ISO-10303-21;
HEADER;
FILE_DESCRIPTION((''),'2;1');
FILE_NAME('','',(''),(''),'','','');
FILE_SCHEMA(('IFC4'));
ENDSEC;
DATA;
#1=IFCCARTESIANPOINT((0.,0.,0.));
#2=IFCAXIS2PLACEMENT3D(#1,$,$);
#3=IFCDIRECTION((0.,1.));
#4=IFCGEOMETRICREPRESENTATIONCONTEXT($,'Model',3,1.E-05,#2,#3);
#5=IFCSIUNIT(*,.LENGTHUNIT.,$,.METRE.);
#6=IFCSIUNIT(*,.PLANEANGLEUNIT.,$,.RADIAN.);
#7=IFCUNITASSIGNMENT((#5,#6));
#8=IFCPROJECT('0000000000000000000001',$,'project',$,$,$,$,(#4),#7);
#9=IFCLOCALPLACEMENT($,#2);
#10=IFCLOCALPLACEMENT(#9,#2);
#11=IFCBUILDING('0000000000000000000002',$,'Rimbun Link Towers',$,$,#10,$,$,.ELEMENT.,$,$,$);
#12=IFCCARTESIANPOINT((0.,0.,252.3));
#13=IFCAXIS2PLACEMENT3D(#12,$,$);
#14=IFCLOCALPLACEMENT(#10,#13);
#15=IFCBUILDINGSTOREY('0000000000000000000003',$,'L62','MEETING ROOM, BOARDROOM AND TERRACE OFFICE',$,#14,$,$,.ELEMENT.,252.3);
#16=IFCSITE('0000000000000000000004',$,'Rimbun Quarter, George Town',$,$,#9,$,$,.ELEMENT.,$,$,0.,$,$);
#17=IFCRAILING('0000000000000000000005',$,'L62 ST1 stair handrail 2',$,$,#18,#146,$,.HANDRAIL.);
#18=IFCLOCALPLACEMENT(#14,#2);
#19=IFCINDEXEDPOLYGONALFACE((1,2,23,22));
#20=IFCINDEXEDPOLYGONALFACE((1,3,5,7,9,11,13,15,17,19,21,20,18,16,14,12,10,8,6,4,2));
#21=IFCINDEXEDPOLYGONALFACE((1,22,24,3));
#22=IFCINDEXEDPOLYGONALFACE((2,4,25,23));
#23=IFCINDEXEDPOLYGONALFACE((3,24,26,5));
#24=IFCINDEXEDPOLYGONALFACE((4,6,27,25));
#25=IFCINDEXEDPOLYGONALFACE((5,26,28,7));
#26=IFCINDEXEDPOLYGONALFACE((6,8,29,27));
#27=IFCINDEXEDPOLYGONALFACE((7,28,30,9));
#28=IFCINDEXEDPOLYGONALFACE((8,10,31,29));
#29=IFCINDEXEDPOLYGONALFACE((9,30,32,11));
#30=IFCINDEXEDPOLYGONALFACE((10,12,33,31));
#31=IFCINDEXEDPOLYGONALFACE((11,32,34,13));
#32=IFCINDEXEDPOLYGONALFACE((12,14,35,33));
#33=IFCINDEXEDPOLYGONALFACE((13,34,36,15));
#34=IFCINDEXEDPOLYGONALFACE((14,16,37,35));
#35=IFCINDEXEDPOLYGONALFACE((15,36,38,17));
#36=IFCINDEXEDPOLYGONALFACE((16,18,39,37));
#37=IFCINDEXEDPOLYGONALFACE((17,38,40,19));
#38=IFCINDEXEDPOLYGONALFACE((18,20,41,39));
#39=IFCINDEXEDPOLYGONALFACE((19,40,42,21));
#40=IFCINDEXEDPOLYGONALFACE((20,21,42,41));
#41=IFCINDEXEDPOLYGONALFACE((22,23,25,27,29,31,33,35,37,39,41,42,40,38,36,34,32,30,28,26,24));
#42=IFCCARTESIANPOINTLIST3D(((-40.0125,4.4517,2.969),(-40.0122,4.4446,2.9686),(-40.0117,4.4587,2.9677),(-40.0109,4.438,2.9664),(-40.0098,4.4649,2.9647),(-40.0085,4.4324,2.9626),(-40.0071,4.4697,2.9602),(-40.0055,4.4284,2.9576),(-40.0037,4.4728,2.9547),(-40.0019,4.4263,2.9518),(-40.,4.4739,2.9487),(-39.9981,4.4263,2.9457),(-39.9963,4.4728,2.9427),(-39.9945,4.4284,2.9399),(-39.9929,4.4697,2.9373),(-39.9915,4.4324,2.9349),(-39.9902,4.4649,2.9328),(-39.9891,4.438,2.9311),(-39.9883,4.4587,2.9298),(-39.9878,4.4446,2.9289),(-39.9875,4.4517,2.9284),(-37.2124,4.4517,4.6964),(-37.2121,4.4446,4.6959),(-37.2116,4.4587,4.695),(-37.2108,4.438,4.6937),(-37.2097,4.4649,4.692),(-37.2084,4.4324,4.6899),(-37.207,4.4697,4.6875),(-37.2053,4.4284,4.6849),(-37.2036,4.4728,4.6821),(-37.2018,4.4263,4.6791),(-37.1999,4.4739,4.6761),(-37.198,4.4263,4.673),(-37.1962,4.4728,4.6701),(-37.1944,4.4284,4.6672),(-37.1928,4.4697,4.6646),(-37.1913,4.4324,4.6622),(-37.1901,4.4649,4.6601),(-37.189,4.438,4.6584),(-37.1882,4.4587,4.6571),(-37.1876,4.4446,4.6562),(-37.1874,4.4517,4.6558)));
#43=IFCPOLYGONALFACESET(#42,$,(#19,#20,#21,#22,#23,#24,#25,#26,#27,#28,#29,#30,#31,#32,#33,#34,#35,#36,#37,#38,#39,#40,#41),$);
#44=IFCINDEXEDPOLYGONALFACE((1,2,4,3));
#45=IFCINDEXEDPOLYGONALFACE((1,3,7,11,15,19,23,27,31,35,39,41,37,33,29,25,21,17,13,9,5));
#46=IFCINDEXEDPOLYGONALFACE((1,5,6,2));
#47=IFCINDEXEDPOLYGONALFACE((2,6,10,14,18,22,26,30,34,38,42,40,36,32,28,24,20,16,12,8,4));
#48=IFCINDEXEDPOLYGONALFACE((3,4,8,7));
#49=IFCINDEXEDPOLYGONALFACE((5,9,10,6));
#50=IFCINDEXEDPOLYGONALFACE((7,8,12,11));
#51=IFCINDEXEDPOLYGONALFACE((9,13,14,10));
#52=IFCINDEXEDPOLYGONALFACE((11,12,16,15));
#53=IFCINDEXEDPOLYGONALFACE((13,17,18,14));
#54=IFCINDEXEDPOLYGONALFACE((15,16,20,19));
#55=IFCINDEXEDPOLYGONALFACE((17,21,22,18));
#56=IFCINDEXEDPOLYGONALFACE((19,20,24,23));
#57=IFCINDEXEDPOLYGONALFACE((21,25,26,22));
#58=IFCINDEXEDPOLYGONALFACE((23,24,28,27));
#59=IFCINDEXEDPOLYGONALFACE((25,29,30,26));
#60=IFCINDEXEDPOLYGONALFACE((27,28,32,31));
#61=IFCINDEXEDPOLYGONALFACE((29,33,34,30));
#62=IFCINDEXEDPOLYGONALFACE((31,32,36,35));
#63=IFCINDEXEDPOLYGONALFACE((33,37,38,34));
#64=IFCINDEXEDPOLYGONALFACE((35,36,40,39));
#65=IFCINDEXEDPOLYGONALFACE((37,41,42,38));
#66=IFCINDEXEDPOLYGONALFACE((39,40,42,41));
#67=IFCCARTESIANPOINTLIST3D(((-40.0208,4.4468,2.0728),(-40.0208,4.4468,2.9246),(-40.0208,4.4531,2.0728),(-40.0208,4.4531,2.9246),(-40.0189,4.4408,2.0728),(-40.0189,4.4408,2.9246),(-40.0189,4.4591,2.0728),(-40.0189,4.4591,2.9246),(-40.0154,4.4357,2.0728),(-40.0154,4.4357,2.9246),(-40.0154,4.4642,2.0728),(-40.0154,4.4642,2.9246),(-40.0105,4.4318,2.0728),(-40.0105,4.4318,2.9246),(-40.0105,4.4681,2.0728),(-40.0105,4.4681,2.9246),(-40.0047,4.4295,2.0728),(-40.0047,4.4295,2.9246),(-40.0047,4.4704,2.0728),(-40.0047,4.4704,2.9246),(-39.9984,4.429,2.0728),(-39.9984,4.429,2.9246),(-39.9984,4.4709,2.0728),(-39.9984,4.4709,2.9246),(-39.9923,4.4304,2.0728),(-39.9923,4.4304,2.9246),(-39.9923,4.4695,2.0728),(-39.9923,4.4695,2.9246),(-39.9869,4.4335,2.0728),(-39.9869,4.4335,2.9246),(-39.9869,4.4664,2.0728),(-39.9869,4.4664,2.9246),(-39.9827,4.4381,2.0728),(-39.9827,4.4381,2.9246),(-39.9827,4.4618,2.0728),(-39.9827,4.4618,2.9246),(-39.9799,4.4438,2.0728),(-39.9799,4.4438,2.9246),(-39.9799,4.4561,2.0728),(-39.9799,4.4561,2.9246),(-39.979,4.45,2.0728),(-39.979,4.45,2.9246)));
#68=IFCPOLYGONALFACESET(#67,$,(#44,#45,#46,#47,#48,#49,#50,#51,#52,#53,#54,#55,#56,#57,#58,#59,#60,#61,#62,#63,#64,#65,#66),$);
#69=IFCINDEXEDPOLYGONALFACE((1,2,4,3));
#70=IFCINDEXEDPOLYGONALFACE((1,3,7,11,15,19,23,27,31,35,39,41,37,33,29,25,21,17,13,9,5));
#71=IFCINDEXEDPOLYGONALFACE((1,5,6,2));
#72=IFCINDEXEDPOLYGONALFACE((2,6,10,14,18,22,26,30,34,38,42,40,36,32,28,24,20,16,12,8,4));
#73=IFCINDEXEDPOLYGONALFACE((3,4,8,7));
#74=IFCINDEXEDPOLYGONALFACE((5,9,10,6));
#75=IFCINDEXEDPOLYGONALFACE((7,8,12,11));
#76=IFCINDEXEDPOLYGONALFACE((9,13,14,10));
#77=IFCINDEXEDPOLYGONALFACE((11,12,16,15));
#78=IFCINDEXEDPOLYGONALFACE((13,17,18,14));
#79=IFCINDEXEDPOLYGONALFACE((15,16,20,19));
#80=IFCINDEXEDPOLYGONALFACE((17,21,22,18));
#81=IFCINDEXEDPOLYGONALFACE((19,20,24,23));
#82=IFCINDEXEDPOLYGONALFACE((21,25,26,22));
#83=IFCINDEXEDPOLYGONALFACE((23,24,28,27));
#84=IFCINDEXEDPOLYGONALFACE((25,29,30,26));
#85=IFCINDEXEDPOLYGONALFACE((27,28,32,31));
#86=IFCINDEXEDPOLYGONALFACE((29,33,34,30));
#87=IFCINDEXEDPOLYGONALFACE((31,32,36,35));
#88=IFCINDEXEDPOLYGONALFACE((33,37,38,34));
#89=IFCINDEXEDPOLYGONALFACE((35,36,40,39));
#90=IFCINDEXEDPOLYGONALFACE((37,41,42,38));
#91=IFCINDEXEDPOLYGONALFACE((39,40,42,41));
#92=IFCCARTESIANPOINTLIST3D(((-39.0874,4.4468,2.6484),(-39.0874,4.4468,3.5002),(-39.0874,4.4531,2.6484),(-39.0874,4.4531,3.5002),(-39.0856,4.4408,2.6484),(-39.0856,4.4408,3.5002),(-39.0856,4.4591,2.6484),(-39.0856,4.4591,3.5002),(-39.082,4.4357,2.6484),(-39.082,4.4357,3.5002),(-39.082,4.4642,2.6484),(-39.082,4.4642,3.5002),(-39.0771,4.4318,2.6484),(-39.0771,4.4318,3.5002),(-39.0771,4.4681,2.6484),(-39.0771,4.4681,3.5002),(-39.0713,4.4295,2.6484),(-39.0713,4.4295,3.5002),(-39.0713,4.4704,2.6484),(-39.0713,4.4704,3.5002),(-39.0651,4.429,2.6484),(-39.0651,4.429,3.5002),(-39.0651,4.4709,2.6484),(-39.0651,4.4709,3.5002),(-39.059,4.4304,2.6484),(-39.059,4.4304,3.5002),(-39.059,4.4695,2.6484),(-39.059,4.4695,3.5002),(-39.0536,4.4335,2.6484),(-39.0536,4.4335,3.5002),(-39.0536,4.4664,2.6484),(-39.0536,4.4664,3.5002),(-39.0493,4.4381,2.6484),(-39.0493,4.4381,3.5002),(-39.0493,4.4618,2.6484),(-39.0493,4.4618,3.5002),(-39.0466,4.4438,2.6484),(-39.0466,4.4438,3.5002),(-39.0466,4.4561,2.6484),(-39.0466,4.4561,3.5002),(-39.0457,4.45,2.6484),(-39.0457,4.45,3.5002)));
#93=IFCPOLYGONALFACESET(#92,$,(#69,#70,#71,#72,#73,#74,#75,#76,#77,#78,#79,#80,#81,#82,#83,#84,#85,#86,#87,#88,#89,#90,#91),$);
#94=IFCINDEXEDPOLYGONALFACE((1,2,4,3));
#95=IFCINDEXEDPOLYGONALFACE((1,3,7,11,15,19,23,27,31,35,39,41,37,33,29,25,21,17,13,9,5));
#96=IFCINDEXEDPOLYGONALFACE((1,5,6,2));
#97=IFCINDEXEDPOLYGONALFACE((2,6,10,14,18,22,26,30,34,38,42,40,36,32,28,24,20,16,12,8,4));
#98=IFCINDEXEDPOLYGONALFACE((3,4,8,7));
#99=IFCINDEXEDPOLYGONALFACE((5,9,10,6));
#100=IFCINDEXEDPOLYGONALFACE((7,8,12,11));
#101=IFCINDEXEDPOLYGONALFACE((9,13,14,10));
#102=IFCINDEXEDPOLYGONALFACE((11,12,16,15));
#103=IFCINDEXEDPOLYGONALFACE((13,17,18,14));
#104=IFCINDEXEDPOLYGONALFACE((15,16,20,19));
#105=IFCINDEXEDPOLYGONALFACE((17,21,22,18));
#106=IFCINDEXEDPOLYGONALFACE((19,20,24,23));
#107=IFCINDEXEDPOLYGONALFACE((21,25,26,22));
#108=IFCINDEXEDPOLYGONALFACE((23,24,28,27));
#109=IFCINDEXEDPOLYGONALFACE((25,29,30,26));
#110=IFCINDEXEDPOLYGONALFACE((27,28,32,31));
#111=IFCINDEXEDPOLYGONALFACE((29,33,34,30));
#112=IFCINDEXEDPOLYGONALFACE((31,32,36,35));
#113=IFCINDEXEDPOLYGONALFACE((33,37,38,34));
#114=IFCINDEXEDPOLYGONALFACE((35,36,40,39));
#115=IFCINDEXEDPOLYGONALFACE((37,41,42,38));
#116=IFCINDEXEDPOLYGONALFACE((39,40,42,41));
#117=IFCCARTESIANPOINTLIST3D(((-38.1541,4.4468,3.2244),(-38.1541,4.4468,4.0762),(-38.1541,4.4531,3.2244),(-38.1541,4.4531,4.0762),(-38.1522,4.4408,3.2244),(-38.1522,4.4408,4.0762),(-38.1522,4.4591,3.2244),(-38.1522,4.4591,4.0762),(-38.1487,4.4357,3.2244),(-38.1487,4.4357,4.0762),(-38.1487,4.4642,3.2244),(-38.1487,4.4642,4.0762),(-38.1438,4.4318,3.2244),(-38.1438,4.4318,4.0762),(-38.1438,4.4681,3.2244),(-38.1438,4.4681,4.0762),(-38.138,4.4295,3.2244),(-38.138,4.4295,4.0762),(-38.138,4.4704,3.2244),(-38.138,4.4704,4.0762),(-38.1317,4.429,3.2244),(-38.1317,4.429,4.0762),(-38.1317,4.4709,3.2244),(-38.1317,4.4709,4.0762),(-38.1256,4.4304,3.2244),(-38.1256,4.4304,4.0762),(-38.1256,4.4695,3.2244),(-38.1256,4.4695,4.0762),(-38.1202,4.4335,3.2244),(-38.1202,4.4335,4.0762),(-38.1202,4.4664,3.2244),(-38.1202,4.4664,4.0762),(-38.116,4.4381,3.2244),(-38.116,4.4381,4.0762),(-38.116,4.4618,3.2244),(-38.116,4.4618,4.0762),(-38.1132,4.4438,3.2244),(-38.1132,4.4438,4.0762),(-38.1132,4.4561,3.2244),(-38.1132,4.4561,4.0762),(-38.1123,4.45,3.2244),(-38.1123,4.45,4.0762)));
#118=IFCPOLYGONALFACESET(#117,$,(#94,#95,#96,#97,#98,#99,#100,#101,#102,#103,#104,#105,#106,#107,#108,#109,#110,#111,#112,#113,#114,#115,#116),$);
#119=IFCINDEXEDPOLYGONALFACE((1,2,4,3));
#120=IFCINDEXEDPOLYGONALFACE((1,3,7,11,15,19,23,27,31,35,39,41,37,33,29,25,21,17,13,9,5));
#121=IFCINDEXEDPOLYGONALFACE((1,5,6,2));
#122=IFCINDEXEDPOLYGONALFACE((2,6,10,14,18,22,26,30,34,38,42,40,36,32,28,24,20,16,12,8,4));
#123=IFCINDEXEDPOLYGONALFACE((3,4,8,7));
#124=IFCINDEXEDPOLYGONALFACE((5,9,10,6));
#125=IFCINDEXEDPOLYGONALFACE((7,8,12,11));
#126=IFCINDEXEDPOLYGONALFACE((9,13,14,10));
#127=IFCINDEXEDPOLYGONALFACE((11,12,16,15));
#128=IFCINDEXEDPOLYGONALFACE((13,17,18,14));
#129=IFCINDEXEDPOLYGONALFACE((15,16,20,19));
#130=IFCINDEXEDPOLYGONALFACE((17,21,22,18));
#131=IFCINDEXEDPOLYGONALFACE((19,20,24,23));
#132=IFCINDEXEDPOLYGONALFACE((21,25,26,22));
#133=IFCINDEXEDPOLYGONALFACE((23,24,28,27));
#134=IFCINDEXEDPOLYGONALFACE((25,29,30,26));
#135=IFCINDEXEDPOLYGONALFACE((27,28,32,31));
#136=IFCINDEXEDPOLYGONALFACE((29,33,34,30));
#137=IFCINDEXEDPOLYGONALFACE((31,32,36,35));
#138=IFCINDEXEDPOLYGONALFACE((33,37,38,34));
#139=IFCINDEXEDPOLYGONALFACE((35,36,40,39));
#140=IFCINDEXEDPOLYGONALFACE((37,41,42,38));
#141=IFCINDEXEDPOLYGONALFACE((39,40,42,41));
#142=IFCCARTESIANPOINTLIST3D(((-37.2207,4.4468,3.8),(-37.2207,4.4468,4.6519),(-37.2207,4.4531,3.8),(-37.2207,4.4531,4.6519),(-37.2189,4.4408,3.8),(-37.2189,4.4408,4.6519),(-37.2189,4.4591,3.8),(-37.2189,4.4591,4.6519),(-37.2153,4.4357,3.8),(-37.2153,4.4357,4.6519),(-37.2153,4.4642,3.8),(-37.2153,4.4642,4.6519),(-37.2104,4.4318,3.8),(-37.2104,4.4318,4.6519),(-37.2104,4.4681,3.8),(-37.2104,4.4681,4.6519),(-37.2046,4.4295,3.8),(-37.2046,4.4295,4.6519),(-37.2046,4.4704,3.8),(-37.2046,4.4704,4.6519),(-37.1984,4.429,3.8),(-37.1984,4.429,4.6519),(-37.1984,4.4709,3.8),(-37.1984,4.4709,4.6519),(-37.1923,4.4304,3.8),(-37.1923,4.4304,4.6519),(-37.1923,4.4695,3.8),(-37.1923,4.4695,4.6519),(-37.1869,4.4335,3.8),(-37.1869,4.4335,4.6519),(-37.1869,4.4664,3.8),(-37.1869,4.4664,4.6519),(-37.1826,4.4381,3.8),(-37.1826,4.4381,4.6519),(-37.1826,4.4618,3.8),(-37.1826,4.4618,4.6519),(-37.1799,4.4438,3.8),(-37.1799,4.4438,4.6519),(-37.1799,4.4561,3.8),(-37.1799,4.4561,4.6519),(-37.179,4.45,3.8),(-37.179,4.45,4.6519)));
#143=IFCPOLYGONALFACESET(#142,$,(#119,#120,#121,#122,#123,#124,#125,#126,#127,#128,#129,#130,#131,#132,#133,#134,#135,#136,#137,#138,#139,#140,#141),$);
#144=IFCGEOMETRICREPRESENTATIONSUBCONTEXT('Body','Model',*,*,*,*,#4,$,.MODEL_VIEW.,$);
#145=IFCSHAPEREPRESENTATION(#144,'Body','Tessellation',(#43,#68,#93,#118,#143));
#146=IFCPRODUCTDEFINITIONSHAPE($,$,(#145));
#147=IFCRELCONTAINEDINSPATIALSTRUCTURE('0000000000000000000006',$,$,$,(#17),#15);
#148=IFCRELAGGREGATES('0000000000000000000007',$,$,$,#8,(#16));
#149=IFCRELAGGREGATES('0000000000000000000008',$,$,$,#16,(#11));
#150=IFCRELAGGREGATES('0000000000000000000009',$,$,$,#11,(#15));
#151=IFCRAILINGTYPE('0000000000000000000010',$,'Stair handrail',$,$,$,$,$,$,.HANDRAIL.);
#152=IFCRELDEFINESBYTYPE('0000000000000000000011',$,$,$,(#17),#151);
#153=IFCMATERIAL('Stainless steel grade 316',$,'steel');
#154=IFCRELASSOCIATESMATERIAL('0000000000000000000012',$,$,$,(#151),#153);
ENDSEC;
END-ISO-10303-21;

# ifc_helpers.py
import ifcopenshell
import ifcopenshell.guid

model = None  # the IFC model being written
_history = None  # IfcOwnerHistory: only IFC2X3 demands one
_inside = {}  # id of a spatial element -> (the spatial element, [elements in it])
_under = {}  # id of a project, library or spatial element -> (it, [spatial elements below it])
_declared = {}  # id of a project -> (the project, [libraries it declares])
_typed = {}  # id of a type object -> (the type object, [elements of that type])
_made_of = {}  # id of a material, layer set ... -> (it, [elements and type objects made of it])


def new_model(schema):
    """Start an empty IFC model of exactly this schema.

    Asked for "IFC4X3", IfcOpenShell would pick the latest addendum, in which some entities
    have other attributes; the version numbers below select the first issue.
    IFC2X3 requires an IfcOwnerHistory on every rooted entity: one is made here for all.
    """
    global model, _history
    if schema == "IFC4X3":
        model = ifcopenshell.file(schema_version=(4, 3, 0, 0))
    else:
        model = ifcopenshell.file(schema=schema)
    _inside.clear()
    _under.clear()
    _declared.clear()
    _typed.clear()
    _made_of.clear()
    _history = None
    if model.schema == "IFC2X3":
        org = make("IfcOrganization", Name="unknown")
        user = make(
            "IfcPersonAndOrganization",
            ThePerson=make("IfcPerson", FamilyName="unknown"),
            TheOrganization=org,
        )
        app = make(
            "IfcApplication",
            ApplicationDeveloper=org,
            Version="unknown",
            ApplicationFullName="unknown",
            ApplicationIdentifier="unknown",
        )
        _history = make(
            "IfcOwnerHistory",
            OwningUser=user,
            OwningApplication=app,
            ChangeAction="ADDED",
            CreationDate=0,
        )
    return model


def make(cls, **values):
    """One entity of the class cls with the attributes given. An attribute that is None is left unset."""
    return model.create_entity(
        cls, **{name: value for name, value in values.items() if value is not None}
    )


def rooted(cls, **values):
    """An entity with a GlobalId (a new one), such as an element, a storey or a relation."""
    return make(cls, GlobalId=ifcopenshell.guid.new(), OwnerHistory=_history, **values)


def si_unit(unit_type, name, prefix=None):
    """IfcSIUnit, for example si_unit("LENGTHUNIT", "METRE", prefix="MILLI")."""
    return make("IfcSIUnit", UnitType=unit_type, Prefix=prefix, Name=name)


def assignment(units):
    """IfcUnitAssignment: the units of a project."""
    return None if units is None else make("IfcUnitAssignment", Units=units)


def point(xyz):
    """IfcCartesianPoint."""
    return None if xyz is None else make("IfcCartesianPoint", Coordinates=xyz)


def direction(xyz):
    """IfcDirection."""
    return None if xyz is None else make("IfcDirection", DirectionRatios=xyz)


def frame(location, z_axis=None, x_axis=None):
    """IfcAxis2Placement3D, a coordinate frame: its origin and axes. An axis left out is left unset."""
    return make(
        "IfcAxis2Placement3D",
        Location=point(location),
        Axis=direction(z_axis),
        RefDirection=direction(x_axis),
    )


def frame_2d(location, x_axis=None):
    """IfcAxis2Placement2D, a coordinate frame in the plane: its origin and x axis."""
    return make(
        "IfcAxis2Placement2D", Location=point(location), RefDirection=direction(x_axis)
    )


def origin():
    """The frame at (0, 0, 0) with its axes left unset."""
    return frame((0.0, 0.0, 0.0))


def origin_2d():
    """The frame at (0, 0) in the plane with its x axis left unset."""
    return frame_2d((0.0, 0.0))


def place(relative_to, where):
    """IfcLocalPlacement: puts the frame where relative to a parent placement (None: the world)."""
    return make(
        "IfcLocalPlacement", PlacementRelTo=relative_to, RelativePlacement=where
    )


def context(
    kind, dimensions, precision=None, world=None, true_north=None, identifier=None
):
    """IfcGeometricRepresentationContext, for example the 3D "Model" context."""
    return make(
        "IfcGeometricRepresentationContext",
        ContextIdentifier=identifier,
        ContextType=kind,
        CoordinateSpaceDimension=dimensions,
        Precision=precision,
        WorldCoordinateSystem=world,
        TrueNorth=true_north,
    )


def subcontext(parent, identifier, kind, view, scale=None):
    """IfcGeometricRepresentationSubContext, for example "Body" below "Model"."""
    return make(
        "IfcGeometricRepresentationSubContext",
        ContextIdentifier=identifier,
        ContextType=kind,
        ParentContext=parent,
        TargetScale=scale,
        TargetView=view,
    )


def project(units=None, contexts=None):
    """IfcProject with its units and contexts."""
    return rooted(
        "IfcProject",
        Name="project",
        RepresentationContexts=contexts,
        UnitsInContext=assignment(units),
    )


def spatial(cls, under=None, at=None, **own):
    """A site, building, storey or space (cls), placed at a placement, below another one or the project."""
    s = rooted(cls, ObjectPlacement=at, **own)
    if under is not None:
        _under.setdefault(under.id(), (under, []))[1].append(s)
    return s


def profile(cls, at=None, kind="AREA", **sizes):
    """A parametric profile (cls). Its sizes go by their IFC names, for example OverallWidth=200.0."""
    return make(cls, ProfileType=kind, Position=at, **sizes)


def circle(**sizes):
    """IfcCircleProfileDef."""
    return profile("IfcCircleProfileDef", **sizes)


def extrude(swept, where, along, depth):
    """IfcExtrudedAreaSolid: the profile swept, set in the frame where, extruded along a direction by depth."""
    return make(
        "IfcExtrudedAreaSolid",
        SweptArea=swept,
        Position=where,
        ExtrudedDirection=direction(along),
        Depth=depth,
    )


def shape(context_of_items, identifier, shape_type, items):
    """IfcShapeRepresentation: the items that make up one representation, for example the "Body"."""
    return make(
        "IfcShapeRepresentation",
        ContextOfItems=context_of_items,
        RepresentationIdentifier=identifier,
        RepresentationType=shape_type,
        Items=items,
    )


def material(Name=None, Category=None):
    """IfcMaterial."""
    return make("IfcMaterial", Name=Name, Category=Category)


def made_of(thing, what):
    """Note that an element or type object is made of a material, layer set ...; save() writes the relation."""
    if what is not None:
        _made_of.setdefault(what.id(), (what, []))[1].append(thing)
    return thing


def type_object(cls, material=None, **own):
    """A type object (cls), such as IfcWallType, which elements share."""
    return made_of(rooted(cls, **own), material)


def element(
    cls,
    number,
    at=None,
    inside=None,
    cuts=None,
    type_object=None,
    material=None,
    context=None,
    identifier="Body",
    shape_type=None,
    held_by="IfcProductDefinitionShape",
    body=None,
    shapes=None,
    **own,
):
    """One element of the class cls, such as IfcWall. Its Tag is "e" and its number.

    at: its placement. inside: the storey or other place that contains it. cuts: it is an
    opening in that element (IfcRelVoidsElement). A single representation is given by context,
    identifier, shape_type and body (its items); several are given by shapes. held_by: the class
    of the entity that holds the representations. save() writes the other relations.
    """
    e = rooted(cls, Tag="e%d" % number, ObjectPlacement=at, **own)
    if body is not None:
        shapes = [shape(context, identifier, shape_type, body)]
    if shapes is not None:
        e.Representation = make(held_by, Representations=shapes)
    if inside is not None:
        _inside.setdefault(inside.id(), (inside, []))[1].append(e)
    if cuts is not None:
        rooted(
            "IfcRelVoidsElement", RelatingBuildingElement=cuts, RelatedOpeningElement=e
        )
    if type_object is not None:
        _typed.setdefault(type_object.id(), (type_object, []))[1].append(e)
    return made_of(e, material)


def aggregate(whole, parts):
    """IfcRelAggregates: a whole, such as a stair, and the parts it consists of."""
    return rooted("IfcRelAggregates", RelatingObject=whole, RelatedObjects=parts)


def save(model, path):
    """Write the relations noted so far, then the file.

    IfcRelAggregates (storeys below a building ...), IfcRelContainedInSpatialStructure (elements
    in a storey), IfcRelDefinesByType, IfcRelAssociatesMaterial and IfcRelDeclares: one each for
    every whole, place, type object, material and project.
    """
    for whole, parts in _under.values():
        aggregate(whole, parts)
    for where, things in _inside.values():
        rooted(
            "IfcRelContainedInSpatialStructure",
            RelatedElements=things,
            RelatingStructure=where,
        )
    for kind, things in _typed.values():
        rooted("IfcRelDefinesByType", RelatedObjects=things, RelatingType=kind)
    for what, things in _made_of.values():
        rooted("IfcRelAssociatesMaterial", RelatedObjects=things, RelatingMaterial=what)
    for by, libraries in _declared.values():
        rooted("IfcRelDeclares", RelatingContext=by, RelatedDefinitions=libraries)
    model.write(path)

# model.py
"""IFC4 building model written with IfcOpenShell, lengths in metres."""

from ifc_helpers import new_model, si_unit, direction, frame, origin, origin_2d, place, context, subcontext, project, spatial, circle, extrude, material, type_object, element, save


model = new_model("IFC4")

# Units and contexts
model_context = context("Model", 3, precision=1e-05, world=origin(), true_north=direction((0.0, 1.0)))
body_context = subcontext(model_context, "Body", "Model", "MODEL_VIEW")
ifc_project = project(units=[si_unit("LENGTHUNIT", "METRE"), si_unit("PLANEANGLEUNIT", "RADIAN")], contexts=[model_context])

# Site, building, storey
site_placement = place(None, origin())
site = spatial("IfcSite", under=ifc_project, at=site_placement, Name="Rimbun Quarter, George Town", CompositionType="ELEMENT", RefElevation=0.0)
building_placement = place(site_placement, origin())
building = spatial("IfcBuilding", under=site, at=building_placement, Name="Rimbun Link Towers", CompositionType="ELEMENT")
storey_placement = place(building_placement, frame((0.0, 0.0, 252.3)))
storey = spatial("IfcBuildingStorey", under=building, at=storey_placement, Name="L62", Description="MEETING ROOM, BOARDROOM AND TERRACE OFFICE", CompositionType="ELEMENT", Elevation=252.3)

# Railing
ifc_material_1 = material(Name="Stainless steel grade 316", Category="steel")
railing_type_1 = type_object("IfcRailingType", Name="Stair handrail", PredefinedType="HANDRAIL", material=ifc_material_1)
railing_1_placement = place(storey_placement, frame((-40.0, 4.45, 2.0728)))
element("IfcRailing", 1, at=railing_1_placement, inside=storey, type_object=railing_type_1, Name="L62 ST1 stair handrail 2", PredefinedType="HANDRAIL", context=body_context, shape_type="SweptSolid", body=[
    extrude(circle(Radius=0.0239, at=origin_2d()), frame((0.0, 0.0, 0.876), z_axis=(0.85109, 0.0, 0.52502), x_axis=(0.0, 1.0, 0.0)), (0.0, 0.0, 1.0), 3.29),
    extrude(circle(Radius=0.021, at=origin_2d()), origin(), (0.0, 0.0, 1.0), 0.8518),
    extrude(circle(Radius=0.021, at=origin_2d()), frame((0.9333, 0.0, 0.5757)), (0.0, 0.0, 1.0), 0.8518),
    extrude(circle(Radius=0.021, at=origin_2d()), frame((1.8667, 0.0, 1.1516)), (0.0, 0.0, 1.0), 0.8518),
    extrude(circle(Radius=0.021, at=origin_2d()), frame((2.8, 0.0, 1.7273)), (0.0, 0.0, 1.0), 0.8518),
])

save(model, "model.ifc")
